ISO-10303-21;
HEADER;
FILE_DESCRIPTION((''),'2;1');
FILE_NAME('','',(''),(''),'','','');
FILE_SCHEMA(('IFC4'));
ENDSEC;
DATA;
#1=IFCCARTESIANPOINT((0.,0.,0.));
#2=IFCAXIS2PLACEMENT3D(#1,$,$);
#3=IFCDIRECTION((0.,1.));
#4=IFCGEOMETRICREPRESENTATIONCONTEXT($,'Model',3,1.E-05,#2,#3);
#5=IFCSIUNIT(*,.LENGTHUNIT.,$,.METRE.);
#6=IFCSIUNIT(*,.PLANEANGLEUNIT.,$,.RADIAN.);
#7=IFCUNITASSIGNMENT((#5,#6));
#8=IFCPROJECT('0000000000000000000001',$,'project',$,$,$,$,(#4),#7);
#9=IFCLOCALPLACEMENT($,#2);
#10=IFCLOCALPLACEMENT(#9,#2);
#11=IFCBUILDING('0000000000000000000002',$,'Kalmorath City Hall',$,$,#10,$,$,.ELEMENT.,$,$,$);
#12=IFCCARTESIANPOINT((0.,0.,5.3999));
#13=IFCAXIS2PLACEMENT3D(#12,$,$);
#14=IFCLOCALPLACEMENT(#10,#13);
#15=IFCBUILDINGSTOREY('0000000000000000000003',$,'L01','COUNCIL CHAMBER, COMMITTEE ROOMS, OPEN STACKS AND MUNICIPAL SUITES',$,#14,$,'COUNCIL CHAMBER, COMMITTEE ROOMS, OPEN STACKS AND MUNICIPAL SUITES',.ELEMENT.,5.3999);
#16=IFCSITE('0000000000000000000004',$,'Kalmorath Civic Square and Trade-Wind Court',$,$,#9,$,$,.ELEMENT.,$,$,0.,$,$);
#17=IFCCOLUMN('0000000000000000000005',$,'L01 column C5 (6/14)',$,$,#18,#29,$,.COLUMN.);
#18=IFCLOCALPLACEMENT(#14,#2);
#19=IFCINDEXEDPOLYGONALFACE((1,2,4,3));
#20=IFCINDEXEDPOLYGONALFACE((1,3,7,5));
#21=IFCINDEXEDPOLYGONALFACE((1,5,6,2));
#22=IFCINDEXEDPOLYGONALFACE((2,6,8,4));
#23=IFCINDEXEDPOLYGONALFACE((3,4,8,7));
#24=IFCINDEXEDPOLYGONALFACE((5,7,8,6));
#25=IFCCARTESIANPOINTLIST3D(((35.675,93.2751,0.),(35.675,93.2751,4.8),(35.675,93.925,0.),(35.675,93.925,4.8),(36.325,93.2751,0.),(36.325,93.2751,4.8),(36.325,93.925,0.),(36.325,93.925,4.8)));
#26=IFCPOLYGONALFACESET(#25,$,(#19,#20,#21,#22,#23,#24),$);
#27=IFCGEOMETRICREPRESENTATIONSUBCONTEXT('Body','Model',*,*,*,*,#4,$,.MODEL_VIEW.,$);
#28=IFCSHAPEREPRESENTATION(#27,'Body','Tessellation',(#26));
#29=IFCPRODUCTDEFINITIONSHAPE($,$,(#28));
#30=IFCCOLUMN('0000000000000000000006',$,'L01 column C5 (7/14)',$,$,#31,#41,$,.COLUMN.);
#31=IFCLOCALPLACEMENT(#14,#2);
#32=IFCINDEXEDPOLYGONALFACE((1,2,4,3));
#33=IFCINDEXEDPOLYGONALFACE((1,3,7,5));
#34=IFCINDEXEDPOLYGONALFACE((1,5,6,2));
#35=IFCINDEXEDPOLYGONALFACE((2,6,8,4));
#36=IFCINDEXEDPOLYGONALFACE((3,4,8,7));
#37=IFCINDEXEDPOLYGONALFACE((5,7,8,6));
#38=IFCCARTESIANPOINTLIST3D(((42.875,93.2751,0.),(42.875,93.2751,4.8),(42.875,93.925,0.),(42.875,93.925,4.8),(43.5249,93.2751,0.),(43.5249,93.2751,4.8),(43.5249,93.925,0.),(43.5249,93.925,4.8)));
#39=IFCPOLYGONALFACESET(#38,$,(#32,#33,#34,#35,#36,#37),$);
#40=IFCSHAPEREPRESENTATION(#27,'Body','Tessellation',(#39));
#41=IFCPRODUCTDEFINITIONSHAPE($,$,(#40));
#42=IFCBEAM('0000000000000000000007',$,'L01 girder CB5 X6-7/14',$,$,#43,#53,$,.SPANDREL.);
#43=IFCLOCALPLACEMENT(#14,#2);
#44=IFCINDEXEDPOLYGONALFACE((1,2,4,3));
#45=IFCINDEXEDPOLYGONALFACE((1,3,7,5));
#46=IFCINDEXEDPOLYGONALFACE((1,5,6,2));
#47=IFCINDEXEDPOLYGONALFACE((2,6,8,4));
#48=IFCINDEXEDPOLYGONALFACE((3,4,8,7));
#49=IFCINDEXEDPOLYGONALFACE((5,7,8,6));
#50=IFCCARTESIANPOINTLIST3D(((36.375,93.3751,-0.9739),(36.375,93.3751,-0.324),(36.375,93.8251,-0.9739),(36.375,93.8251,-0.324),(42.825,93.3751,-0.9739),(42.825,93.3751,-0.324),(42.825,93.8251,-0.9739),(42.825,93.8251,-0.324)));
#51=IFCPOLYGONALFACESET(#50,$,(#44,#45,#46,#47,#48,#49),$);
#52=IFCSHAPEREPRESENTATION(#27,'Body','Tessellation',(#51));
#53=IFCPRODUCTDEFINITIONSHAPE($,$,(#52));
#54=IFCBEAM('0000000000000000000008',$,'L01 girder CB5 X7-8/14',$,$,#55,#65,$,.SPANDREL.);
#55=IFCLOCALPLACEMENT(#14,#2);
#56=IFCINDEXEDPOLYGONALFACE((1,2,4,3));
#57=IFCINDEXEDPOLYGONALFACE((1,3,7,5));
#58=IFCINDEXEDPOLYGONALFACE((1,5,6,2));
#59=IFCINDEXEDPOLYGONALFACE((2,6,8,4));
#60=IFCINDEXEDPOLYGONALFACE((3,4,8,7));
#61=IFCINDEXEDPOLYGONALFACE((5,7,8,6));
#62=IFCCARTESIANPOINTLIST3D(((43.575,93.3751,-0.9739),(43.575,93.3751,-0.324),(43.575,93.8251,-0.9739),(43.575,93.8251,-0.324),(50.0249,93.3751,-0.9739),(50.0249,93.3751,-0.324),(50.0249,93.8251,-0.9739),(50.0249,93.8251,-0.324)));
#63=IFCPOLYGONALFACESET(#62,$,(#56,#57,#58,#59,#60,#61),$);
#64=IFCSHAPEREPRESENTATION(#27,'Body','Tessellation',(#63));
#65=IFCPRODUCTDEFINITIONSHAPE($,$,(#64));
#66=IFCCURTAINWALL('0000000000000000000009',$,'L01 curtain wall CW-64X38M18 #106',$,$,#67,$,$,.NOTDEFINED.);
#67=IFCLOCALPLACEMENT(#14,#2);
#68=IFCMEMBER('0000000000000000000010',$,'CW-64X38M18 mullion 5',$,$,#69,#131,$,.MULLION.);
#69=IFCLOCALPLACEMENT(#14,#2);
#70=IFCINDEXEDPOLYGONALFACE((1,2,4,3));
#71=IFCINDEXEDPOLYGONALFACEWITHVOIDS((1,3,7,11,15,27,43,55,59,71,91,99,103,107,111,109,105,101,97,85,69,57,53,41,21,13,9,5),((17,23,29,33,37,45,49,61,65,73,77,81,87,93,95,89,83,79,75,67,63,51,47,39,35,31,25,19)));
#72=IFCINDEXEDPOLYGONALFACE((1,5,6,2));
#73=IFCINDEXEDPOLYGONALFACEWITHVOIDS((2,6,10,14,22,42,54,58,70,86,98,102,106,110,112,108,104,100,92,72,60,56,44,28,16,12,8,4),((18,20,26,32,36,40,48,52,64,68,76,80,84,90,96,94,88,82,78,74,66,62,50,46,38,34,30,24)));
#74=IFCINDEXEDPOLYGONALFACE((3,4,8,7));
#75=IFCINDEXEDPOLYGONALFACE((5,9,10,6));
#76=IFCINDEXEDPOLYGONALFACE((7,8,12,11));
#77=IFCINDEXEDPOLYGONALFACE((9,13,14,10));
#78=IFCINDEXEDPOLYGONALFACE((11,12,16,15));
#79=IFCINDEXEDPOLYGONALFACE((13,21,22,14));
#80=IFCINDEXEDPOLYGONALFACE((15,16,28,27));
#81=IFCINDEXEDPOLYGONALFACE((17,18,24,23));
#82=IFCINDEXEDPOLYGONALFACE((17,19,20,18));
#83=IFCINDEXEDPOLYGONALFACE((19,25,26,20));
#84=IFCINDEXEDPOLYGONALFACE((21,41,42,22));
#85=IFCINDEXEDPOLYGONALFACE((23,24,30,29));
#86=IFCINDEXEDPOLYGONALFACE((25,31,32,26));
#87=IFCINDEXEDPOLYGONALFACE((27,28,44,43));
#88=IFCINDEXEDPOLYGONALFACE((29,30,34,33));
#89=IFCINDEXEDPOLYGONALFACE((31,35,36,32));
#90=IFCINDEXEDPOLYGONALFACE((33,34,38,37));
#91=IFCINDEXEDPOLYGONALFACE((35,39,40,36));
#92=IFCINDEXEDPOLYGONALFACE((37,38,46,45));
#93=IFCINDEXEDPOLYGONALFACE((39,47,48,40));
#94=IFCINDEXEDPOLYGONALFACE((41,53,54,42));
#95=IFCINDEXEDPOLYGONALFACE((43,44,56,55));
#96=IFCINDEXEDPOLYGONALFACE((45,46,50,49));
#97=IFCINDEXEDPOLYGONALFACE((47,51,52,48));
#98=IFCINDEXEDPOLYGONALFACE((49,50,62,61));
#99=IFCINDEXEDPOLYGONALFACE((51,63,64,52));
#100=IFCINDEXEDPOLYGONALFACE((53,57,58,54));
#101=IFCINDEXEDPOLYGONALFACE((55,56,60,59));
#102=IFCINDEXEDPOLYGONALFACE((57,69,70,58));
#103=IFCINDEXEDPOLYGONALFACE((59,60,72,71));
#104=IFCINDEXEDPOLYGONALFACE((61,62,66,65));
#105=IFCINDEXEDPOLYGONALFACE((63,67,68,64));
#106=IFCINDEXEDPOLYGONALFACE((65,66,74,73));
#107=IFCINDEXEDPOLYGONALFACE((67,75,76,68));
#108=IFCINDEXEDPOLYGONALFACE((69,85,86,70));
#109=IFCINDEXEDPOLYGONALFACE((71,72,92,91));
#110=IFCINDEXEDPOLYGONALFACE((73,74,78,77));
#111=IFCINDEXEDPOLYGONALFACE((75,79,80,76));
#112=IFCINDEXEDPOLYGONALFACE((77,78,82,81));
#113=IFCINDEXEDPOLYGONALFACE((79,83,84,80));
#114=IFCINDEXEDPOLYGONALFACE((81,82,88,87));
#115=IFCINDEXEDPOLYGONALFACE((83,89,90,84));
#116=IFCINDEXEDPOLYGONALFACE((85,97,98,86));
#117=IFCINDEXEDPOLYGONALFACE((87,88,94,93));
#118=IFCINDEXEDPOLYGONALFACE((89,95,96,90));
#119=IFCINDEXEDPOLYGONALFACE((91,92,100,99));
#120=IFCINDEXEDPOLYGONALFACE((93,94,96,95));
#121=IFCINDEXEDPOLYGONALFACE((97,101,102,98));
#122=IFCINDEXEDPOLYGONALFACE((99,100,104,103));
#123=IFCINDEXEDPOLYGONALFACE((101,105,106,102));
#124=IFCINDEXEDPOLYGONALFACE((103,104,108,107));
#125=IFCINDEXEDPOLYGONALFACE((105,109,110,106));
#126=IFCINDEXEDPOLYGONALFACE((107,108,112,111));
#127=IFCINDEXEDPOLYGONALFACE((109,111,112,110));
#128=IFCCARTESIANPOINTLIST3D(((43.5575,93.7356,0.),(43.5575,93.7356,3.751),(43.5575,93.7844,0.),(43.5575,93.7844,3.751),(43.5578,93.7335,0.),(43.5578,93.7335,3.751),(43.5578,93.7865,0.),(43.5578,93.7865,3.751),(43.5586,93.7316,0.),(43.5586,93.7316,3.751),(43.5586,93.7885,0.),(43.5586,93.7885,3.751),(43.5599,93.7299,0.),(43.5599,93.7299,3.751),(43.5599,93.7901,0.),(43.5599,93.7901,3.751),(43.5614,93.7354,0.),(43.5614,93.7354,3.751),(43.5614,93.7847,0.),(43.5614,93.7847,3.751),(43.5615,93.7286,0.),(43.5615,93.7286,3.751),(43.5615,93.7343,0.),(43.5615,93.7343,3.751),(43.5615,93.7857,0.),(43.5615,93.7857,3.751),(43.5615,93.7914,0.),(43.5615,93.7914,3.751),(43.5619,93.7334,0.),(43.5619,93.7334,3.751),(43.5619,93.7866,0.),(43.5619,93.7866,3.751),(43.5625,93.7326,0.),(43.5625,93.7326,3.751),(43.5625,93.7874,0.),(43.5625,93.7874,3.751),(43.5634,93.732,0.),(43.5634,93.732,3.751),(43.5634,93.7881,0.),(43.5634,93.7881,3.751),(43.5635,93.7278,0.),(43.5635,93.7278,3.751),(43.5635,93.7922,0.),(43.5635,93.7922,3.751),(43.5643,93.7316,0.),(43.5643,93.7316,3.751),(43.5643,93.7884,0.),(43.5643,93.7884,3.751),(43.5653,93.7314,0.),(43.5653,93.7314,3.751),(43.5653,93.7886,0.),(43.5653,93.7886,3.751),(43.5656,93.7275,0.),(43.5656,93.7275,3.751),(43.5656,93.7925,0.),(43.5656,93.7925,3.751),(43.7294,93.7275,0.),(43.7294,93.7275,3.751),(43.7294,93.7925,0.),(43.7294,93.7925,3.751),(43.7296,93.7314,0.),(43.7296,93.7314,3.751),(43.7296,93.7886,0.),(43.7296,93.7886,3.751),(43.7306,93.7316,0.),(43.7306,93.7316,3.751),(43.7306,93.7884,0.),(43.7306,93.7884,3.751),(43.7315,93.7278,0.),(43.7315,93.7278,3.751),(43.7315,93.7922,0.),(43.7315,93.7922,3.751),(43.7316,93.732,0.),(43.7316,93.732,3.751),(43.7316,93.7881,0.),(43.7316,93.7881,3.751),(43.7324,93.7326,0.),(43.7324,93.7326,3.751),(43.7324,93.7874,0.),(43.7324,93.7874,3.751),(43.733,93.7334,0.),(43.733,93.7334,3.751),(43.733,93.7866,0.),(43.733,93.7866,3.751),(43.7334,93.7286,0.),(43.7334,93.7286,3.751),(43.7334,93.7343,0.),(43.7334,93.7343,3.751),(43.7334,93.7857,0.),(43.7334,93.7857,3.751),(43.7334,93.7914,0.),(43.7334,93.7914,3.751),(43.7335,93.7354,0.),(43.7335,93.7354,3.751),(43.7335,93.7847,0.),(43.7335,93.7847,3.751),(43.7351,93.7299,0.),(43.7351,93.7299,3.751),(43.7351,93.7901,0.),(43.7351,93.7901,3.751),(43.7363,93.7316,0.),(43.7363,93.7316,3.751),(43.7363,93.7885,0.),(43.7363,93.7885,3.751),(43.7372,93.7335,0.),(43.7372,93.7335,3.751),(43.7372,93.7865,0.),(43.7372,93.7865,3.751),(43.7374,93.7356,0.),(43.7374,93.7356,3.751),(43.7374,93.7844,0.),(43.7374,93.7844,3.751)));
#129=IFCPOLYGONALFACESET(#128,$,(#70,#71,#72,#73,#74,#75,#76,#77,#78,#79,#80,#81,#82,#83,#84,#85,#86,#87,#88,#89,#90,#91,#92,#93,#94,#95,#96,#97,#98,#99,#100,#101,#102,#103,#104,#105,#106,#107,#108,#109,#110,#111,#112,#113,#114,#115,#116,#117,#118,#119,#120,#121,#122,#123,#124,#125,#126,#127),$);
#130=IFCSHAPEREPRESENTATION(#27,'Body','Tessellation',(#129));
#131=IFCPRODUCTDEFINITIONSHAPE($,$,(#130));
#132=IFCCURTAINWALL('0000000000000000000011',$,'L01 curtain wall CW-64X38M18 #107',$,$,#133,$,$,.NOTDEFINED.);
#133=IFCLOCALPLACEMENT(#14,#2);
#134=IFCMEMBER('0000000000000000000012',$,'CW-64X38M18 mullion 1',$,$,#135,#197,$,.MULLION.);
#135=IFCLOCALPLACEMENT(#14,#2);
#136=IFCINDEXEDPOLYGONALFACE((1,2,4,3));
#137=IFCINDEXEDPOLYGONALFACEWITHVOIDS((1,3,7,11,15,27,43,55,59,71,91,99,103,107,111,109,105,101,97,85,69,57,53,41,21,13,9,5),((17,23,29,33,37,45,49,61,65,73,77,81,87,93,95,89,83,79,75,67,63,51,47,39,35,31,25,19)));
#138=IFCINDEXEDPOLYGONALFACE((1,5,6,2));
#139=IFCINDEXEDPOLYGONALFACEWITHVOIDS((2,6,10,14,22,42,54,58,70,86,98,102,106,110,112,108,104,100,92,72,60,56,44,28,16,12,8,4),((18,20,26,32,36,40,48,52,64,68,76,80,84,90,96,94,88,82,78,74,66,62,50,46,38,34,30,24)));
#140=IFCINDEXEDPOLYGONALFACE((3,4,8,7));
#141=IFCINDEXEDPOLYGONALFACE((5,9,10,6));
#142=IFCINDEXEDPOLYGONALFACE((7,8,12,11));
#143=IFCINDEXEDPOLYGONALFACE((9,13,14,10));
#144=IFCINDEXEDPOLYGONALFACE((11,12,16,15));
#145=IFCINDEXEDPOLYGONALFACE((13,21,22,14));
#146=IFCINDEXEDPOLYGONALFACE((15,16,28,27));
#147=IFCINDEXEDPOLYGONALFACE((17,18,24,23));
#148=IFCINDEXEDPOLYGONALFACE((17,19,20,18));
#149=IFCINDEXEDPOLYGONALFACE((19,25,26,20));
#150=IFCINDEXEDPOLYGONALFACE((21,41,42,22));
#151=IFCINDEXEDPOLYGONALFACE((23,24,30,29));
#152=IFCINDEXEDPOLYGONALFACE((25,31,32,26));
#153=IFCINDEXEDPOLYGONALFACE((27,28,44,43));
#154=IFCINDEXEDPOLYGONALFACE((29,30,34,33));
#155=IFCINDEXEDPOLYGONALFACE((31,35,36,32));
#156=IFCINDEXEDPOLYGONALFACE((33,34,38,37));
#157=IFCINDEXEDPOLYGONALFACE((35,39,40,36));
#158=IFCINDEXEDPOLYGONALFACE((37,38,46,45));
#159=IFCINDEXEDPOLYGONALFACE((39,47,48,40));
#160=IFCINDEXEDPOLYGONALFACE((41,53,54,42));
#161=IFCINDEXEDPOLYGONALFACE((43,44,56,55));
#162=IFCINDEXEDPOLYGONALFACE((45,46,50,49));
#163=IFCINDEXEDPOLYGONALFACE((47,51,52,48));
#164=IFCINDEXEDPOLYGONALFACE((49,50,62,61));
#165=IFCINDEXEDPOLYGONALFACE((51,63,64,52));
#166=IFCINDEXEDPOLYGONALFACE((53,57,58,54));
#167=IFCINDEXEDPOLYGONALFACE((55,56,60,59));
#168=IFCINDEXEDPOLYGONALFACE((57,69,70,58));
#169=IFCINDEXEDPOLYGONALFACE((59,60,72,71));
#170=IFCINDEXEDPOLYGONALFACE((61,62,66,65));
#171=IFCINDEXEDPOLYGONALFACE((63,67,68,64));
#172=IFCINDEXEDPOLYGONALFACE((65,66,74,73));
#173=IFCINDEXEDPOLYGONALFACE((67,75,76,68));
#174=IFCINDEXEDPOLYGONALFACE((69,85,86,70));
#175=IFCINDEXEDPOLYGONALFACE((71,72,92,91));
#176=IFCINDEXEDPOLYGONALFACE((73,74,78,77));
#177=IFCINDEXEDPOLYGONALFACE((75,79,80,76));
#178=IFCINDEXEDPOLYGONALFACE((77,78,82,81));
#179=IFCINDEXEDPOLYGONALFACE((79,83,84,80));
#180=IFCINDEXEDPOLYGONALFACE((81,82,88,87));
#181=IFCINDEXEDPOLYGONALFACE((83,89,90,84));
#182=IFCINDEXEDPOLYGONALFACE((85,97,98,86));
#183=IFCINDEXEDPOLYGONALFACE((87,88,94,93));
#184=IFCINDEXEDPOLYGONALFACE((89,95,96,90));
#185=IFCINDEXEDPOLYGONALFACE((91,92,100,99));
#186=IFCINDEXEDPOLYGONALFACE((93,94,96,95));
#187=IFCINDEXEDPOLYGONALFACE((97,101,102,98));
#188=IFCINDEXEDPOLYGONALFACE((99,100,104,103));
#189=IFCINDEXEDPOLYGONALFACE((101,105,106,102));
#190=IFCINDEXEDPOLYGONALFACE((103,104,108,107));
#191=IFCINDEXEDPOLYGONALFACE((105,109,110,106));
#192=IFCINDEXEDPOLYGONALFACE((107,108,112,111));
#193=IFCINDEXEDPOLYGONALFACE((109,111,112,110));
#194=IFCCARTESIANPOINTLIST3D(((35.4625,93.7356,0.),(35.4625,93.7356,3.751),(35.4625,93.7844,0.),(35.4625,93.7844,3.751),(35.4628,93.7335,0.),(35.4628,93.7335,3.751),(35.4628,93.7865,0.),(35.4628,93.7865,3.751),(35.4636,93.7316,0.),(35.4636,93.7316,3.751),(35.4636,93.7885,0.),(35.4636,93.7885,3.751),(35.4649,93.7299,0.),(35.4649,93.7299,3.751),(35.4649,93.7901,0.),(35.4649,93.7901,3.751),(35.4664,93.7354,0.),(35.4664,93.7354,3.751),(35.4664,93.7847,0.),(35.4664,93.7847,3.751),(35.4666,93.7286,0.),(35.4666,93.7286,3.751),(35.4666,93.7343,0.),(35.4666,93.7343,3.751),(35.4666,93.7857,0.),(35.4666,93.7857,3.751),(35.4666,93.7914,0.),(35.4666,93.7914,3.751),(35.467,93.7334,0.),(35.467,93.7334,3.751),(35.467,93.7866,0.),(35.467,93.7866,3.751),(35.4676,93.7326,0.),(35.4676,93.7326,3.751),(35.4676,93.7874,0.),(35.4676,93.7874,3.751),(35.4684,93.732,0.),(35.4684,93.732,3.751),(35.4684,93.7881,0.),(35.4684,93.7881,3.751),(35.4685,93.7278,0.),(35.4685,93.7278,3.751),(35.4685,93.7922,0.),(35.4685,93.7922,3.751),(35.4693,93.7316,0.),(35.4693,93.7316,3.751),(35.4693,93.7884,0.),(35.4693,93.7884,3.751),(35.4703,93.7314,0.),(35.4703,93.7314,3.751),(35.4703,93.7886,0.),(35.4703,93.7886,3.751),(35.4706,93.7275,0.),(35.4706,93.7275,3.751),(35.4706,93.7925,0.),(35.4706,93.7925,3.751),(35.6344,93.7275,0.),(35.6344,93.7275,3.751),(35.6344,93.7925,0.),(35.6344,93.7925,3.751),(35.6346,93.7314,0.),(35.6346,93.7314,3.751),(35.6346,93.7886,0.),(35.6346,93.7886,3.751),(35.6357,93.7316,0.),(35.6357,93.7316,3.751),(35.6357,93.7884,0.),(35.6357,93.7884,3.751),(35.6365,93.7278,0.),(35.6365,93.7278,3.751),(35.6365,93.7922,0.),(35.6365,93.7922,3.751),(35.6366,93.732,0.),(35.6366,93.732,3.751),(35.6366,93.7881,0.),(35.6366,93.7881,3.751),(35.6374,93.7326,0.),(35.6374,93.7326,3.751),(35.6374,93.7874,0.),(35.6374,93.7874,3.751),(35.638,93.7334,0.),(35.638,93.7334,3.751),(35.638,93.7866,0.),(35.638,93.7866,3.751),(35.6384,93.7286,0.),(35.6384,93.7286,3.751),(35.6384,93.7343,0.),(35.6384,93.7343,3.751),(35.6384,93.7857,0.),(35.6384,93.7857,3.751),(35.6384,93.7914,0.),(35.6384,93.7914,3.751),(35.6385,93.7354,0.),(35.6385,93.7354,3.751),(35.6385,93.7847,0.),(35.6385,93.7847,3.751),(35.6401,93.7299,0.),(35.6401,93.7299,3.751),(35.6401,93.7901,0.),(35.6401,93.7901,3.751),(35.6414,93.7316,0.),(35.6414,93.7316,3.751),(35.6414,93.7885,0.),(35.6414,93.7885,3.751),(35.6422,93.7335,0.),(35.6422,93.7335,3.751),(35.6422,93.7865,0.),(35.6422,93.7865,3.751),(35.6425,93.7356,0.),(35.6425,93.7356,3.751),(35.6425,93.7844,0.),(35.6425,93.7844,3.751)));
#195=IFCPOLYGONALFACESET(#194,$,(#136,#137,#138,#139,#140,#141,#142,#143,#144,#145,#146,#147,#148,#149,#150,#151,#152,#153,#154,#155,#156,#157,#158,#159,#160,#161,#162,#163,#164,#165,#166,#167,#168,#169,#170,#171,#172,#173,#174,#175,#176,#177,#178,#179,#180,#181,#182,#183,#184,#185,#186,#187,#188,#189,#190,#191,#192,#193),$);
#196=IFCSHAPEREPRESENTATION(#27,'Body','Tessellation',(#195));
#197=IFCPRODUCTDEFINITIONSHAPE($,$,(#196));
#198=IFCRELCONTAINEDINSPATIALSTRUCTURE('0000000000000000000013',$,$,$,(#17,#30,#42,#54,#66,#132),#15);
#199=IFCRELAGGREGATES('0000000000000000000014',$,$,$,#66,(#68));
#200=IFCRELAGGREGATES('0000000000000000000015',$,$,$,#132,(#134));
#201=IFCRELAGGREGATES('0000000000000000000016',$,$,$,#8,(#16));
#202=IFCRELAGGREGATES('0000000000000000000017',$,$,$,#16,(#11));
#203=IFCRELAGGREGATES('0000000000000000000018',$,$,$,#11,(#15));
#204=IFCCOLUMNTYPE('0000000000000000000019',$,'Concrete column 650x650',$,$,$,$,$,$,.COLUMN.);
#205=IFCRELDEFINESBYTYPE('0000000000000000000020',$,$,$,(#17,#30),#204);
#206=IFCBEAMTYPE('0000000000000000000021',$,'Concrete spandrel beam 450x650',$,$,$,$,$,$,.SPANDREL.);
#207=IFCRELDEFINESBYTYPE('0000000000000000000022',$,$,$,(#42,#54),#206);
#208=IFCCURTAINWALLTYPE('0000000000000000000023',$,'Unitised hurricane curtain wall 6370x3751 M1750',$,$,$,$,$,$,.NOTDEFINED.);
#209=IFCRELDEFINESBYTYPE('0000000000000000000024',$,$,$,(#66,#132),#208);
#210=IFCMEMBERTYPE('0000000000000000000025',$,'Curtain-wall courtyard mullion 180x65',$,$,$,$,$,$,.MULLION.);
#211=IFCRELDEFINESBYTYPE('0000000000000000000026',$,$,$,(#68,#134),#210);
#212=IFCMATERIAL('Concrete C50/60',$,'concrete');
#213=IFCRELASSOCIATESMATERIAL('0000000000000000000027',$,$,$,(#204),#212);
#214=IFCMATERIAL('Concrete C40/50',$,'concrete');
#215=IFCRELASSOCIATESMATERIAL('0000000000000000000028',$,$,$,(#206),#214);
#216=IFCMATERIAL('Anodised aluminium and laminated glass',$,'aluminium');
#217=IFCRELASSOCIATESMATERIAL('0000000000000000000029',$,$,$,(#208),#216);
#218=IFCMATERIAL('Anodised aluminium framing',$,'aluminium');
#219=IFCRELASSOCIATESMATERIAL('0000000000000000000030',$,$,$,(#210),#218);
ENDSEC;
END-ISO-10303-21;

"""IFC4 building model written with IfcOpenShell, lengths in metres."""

from ifc_helpers import new_model, si_unit, direction, frame, origin, origin_2d, place, context, subcontext, project, spatial, rectangle, hollow_rectangle, extrude, material, material_profile, profile_set, type_object, element, aggregate, save


model = new_model("IFC4")

# Units and contexts
model_context = context("Model", 3, precision=1e-05, world=origin(), true_north=direction((0.0, 1.0)))
body_context = subcontext(model_context, "Body", "Model", "MODEL_VIEW")
ifc_project = project(units=[si_unit("LENGTHUNIT", "METRE"), si_unit("PLANEANGLEUNIT", "RADIAN")], contexts=[model_context])

# Site, building, storey
site_placement = place(None, origin())
site = spatial("IfcSite", under=ifc_project, at=site_placement, Name="Kalmorath Civic Square and Trade-Wind Court", CompositionType="ELEMENT", RefElevation=0.0)
building_placement = place(site_placement, origin())
building = spatial("IfcBuilding", under=site, at=building_placement, Name="Kalmorath City Hall", CompositionType="ELEMENT")
storey_placement = place(building_placement, frame((0.0, 0.0, 5.3999)))
storey = spatial("IfcBuildingStorey", under=building, at=storey_placement, Name="L01", Description="COUNCIL CHAMBER, COMMITTEE ROOMS, OPEN STACKS AND MUNICIPAL SUITES", LongName="COUNCIL CHAMBER, COMMITTEE ROOMS, OPEN STACKS AND MUNICIPAL SUITES", CompositionType="ELEMENT", Elevation=5.3999)

# Columns
ifc_material_1 = material(Name="Concrete C50/60", Category="concrete")
ifc_material_profile_1 = material_profile(ifc_material_1, rectangle(XDim=0.6499, YDim=0.6499, at=origin_2d()), Name="RC-COL-650X650")
ifc_profile_set_1 = profile_set([ifc_material_profile_1], Name="Concrete C50/60")
column_type = type_object("IfcColumnType", Name="Concrete column 650x650", PredefinedType="COLUMN", material=ifc_profile_set_1)
for number, where, z_axis, x_axis, name in (
    (1, (36.0, 93.6001, 0.0), (0.0, 0.0, 1.0), (1.0, 0.0, 0.0), "L01 column C5 (6/14)"),
    (2, (43.2, 93.6001, 0.0), (0.0, 0.0, 1.0), (1.0, 0.0, 0.0), "L01 column C5 (7/14)"),
):
    element("IfcColumn", number, at=place(storey_placement, frame(where, z_axis=z_axis, x_axis=x_axis)), inside=storey, type_object=column_type, Name=name, PredefinedType="COLUMN", context=body_context, shape_type="SweptSolid", body=[
        extrude(rectangle(XDim=0.6499, YDim=0.6499, at=origin_2d()), origin(), (0.0, 0.0, 1.0), 4.8),
    ])

# Beams
ifc_material_2 = material(Name="Concrete C40/50", Category="concrete")
ifc_material_profile_2 = material_profile(ifc_material_2, rectangle(XDim=0.45, YDim=0.6499, at=origin_2d()), Name="RC-BM-450X650")
ifc_profile_set_2 = profile_set([ifc_material_profile_2], Name="Concrete C40/50")
beam_type = type_object("IfcBeamType", Name="Concrete spandrel beam 450x650", PredefinedType="SPANDREL", material=ifc_profile_set_2)
for number, where, z_axis, x_axis, name in (
    (3, (36.375, 93.6001, -0.6489), (1.0, 0.0, 0.0), (0.0, 1.0, 0.0), "L01 girder CB5 X6-7/14"),
    (4, (43.575, 93.6001, -0.6489), (1.0, 0.0, 0.0), (0.0, 1.0, 0.0), "L01 girder CB5 X7-8/14"),
):
    element("IfcBeam", number, at=place(storey_placement, frame(where, z_axis=z_axis, x_axis=x_axis)), inside=storey, type_object=beam_type, Name=name, PredefinedType="SPANDREL", context=body_context, shape_type="SweptSolid", body=[
        extrude(rectangle(XDim=0.45, YDim=0.6499, at=origin_2d()), origin(), (0.0, 0.0, 1.0), 6.45),
    ])

# Curtain wall, member
ifc_material_3 = material(Name="Anodised aluminium and laminated glass", Category="aluminium")
curtain_wall_type = type_object("IfcCurtainWallType", Name="Unitised hurricane curtain wall 6370x3751 M1750", PredefinedType="NOTDEFINED", material=ifc_material_3)
curtain_wall_1_placement = place(storey_placement, origin())
curtain_wall_1 = element("IfcCurtainWall", 5, at=curtain_wall_1_placement, inside=storey, type_object=curtain_wall_type, Name="L01 curtain wall CW-64X38M18 #106", PredefinedType="NOTDEFINED")
ifc_material_4 = material(Name="Anodised aluminium framing", Category="aluminium")
ifc_material_profile_3 = material_profile(ifc_material_4, hollow_rectangle(XDim=0.0649, YDim=0.1799, WallThickness=0.0039, InnerFilletRadius=0.0039, OuterFilletRadius=0.0081, at=origin_2d()), Name="ALU-MUL-180X65X4")
ifc_profile_set_3 = profile_set([ifc_material_profile_3], Name="Anodised aluminium framing")
member_type_1 = type_object("IfcMemberType", Name="Curtain-wall courtyard mullion 180x65", PredefinedType="MULLION", material=ifc_profile_set_3)
member_1_placement = place(storey_placement, frame((43.6475, 93.76, 0.0), z_axis=(0.0, 0.0, 1.0), x_axis=(0.0, -1.0, 0.0)))
member_1 = element("IfcMember", 6, at=member_1_placement, type_object=member_type_1, Name="CW-64X38M18 mullion 5", PredefinedType="MULLION", context=body_context, shape_type="SweptSolid", body=[
    extrude(hollow_rectangle(XDim=0.0649, YDim=0.1799, WallThickness=0.0039, InnerFilletRadius=0.0039, OuterFilletRadius=0.0081, at=origin_2d()), origin(), (0.0, 0.0, 1.0), 3.751),
])

# Curtain wall, member
curtain_wall_2_placement = place(storey_placement, origin())
curtain_wall_2 = element("IfcCurtainWall", 7, at=curtain_wall_2_placement, inside=storey, type_object=curtain_wall_type, Name="L01 curtain wall CW-64X38M18 #107", PredefinedType="NOTDEFINED")
member_2_placement = place(storey_placement, frame((35.5525, 93.76, 0.0), z_axis=(0.0, 0.0, 1.0), x_axis=(0.0, -1.0, 0.0)))
member_2 = element("IfcMember", 8, at=member_2_placement, type_object=member_type_1, Name="CW-64X38M18 mullion 1", PredefinedType="MULLION", context=body_context, shape_type="SweptSolid", body=[
    extrude(hollow_rectangle(XDim=0.0649, YDim=0.1799, WallThickness=0.0039, InnerFilletRadius=0.0039, OuterFilletRadius=0.0081, at=origin_2d()), origin(), (0.0, 0.0, 1.0), 3.751),
])

aggregate(curtain_wall_1, [member_1])
aggregate(curtain_wall_2, [member_2])

save(model, "model.ifc")
